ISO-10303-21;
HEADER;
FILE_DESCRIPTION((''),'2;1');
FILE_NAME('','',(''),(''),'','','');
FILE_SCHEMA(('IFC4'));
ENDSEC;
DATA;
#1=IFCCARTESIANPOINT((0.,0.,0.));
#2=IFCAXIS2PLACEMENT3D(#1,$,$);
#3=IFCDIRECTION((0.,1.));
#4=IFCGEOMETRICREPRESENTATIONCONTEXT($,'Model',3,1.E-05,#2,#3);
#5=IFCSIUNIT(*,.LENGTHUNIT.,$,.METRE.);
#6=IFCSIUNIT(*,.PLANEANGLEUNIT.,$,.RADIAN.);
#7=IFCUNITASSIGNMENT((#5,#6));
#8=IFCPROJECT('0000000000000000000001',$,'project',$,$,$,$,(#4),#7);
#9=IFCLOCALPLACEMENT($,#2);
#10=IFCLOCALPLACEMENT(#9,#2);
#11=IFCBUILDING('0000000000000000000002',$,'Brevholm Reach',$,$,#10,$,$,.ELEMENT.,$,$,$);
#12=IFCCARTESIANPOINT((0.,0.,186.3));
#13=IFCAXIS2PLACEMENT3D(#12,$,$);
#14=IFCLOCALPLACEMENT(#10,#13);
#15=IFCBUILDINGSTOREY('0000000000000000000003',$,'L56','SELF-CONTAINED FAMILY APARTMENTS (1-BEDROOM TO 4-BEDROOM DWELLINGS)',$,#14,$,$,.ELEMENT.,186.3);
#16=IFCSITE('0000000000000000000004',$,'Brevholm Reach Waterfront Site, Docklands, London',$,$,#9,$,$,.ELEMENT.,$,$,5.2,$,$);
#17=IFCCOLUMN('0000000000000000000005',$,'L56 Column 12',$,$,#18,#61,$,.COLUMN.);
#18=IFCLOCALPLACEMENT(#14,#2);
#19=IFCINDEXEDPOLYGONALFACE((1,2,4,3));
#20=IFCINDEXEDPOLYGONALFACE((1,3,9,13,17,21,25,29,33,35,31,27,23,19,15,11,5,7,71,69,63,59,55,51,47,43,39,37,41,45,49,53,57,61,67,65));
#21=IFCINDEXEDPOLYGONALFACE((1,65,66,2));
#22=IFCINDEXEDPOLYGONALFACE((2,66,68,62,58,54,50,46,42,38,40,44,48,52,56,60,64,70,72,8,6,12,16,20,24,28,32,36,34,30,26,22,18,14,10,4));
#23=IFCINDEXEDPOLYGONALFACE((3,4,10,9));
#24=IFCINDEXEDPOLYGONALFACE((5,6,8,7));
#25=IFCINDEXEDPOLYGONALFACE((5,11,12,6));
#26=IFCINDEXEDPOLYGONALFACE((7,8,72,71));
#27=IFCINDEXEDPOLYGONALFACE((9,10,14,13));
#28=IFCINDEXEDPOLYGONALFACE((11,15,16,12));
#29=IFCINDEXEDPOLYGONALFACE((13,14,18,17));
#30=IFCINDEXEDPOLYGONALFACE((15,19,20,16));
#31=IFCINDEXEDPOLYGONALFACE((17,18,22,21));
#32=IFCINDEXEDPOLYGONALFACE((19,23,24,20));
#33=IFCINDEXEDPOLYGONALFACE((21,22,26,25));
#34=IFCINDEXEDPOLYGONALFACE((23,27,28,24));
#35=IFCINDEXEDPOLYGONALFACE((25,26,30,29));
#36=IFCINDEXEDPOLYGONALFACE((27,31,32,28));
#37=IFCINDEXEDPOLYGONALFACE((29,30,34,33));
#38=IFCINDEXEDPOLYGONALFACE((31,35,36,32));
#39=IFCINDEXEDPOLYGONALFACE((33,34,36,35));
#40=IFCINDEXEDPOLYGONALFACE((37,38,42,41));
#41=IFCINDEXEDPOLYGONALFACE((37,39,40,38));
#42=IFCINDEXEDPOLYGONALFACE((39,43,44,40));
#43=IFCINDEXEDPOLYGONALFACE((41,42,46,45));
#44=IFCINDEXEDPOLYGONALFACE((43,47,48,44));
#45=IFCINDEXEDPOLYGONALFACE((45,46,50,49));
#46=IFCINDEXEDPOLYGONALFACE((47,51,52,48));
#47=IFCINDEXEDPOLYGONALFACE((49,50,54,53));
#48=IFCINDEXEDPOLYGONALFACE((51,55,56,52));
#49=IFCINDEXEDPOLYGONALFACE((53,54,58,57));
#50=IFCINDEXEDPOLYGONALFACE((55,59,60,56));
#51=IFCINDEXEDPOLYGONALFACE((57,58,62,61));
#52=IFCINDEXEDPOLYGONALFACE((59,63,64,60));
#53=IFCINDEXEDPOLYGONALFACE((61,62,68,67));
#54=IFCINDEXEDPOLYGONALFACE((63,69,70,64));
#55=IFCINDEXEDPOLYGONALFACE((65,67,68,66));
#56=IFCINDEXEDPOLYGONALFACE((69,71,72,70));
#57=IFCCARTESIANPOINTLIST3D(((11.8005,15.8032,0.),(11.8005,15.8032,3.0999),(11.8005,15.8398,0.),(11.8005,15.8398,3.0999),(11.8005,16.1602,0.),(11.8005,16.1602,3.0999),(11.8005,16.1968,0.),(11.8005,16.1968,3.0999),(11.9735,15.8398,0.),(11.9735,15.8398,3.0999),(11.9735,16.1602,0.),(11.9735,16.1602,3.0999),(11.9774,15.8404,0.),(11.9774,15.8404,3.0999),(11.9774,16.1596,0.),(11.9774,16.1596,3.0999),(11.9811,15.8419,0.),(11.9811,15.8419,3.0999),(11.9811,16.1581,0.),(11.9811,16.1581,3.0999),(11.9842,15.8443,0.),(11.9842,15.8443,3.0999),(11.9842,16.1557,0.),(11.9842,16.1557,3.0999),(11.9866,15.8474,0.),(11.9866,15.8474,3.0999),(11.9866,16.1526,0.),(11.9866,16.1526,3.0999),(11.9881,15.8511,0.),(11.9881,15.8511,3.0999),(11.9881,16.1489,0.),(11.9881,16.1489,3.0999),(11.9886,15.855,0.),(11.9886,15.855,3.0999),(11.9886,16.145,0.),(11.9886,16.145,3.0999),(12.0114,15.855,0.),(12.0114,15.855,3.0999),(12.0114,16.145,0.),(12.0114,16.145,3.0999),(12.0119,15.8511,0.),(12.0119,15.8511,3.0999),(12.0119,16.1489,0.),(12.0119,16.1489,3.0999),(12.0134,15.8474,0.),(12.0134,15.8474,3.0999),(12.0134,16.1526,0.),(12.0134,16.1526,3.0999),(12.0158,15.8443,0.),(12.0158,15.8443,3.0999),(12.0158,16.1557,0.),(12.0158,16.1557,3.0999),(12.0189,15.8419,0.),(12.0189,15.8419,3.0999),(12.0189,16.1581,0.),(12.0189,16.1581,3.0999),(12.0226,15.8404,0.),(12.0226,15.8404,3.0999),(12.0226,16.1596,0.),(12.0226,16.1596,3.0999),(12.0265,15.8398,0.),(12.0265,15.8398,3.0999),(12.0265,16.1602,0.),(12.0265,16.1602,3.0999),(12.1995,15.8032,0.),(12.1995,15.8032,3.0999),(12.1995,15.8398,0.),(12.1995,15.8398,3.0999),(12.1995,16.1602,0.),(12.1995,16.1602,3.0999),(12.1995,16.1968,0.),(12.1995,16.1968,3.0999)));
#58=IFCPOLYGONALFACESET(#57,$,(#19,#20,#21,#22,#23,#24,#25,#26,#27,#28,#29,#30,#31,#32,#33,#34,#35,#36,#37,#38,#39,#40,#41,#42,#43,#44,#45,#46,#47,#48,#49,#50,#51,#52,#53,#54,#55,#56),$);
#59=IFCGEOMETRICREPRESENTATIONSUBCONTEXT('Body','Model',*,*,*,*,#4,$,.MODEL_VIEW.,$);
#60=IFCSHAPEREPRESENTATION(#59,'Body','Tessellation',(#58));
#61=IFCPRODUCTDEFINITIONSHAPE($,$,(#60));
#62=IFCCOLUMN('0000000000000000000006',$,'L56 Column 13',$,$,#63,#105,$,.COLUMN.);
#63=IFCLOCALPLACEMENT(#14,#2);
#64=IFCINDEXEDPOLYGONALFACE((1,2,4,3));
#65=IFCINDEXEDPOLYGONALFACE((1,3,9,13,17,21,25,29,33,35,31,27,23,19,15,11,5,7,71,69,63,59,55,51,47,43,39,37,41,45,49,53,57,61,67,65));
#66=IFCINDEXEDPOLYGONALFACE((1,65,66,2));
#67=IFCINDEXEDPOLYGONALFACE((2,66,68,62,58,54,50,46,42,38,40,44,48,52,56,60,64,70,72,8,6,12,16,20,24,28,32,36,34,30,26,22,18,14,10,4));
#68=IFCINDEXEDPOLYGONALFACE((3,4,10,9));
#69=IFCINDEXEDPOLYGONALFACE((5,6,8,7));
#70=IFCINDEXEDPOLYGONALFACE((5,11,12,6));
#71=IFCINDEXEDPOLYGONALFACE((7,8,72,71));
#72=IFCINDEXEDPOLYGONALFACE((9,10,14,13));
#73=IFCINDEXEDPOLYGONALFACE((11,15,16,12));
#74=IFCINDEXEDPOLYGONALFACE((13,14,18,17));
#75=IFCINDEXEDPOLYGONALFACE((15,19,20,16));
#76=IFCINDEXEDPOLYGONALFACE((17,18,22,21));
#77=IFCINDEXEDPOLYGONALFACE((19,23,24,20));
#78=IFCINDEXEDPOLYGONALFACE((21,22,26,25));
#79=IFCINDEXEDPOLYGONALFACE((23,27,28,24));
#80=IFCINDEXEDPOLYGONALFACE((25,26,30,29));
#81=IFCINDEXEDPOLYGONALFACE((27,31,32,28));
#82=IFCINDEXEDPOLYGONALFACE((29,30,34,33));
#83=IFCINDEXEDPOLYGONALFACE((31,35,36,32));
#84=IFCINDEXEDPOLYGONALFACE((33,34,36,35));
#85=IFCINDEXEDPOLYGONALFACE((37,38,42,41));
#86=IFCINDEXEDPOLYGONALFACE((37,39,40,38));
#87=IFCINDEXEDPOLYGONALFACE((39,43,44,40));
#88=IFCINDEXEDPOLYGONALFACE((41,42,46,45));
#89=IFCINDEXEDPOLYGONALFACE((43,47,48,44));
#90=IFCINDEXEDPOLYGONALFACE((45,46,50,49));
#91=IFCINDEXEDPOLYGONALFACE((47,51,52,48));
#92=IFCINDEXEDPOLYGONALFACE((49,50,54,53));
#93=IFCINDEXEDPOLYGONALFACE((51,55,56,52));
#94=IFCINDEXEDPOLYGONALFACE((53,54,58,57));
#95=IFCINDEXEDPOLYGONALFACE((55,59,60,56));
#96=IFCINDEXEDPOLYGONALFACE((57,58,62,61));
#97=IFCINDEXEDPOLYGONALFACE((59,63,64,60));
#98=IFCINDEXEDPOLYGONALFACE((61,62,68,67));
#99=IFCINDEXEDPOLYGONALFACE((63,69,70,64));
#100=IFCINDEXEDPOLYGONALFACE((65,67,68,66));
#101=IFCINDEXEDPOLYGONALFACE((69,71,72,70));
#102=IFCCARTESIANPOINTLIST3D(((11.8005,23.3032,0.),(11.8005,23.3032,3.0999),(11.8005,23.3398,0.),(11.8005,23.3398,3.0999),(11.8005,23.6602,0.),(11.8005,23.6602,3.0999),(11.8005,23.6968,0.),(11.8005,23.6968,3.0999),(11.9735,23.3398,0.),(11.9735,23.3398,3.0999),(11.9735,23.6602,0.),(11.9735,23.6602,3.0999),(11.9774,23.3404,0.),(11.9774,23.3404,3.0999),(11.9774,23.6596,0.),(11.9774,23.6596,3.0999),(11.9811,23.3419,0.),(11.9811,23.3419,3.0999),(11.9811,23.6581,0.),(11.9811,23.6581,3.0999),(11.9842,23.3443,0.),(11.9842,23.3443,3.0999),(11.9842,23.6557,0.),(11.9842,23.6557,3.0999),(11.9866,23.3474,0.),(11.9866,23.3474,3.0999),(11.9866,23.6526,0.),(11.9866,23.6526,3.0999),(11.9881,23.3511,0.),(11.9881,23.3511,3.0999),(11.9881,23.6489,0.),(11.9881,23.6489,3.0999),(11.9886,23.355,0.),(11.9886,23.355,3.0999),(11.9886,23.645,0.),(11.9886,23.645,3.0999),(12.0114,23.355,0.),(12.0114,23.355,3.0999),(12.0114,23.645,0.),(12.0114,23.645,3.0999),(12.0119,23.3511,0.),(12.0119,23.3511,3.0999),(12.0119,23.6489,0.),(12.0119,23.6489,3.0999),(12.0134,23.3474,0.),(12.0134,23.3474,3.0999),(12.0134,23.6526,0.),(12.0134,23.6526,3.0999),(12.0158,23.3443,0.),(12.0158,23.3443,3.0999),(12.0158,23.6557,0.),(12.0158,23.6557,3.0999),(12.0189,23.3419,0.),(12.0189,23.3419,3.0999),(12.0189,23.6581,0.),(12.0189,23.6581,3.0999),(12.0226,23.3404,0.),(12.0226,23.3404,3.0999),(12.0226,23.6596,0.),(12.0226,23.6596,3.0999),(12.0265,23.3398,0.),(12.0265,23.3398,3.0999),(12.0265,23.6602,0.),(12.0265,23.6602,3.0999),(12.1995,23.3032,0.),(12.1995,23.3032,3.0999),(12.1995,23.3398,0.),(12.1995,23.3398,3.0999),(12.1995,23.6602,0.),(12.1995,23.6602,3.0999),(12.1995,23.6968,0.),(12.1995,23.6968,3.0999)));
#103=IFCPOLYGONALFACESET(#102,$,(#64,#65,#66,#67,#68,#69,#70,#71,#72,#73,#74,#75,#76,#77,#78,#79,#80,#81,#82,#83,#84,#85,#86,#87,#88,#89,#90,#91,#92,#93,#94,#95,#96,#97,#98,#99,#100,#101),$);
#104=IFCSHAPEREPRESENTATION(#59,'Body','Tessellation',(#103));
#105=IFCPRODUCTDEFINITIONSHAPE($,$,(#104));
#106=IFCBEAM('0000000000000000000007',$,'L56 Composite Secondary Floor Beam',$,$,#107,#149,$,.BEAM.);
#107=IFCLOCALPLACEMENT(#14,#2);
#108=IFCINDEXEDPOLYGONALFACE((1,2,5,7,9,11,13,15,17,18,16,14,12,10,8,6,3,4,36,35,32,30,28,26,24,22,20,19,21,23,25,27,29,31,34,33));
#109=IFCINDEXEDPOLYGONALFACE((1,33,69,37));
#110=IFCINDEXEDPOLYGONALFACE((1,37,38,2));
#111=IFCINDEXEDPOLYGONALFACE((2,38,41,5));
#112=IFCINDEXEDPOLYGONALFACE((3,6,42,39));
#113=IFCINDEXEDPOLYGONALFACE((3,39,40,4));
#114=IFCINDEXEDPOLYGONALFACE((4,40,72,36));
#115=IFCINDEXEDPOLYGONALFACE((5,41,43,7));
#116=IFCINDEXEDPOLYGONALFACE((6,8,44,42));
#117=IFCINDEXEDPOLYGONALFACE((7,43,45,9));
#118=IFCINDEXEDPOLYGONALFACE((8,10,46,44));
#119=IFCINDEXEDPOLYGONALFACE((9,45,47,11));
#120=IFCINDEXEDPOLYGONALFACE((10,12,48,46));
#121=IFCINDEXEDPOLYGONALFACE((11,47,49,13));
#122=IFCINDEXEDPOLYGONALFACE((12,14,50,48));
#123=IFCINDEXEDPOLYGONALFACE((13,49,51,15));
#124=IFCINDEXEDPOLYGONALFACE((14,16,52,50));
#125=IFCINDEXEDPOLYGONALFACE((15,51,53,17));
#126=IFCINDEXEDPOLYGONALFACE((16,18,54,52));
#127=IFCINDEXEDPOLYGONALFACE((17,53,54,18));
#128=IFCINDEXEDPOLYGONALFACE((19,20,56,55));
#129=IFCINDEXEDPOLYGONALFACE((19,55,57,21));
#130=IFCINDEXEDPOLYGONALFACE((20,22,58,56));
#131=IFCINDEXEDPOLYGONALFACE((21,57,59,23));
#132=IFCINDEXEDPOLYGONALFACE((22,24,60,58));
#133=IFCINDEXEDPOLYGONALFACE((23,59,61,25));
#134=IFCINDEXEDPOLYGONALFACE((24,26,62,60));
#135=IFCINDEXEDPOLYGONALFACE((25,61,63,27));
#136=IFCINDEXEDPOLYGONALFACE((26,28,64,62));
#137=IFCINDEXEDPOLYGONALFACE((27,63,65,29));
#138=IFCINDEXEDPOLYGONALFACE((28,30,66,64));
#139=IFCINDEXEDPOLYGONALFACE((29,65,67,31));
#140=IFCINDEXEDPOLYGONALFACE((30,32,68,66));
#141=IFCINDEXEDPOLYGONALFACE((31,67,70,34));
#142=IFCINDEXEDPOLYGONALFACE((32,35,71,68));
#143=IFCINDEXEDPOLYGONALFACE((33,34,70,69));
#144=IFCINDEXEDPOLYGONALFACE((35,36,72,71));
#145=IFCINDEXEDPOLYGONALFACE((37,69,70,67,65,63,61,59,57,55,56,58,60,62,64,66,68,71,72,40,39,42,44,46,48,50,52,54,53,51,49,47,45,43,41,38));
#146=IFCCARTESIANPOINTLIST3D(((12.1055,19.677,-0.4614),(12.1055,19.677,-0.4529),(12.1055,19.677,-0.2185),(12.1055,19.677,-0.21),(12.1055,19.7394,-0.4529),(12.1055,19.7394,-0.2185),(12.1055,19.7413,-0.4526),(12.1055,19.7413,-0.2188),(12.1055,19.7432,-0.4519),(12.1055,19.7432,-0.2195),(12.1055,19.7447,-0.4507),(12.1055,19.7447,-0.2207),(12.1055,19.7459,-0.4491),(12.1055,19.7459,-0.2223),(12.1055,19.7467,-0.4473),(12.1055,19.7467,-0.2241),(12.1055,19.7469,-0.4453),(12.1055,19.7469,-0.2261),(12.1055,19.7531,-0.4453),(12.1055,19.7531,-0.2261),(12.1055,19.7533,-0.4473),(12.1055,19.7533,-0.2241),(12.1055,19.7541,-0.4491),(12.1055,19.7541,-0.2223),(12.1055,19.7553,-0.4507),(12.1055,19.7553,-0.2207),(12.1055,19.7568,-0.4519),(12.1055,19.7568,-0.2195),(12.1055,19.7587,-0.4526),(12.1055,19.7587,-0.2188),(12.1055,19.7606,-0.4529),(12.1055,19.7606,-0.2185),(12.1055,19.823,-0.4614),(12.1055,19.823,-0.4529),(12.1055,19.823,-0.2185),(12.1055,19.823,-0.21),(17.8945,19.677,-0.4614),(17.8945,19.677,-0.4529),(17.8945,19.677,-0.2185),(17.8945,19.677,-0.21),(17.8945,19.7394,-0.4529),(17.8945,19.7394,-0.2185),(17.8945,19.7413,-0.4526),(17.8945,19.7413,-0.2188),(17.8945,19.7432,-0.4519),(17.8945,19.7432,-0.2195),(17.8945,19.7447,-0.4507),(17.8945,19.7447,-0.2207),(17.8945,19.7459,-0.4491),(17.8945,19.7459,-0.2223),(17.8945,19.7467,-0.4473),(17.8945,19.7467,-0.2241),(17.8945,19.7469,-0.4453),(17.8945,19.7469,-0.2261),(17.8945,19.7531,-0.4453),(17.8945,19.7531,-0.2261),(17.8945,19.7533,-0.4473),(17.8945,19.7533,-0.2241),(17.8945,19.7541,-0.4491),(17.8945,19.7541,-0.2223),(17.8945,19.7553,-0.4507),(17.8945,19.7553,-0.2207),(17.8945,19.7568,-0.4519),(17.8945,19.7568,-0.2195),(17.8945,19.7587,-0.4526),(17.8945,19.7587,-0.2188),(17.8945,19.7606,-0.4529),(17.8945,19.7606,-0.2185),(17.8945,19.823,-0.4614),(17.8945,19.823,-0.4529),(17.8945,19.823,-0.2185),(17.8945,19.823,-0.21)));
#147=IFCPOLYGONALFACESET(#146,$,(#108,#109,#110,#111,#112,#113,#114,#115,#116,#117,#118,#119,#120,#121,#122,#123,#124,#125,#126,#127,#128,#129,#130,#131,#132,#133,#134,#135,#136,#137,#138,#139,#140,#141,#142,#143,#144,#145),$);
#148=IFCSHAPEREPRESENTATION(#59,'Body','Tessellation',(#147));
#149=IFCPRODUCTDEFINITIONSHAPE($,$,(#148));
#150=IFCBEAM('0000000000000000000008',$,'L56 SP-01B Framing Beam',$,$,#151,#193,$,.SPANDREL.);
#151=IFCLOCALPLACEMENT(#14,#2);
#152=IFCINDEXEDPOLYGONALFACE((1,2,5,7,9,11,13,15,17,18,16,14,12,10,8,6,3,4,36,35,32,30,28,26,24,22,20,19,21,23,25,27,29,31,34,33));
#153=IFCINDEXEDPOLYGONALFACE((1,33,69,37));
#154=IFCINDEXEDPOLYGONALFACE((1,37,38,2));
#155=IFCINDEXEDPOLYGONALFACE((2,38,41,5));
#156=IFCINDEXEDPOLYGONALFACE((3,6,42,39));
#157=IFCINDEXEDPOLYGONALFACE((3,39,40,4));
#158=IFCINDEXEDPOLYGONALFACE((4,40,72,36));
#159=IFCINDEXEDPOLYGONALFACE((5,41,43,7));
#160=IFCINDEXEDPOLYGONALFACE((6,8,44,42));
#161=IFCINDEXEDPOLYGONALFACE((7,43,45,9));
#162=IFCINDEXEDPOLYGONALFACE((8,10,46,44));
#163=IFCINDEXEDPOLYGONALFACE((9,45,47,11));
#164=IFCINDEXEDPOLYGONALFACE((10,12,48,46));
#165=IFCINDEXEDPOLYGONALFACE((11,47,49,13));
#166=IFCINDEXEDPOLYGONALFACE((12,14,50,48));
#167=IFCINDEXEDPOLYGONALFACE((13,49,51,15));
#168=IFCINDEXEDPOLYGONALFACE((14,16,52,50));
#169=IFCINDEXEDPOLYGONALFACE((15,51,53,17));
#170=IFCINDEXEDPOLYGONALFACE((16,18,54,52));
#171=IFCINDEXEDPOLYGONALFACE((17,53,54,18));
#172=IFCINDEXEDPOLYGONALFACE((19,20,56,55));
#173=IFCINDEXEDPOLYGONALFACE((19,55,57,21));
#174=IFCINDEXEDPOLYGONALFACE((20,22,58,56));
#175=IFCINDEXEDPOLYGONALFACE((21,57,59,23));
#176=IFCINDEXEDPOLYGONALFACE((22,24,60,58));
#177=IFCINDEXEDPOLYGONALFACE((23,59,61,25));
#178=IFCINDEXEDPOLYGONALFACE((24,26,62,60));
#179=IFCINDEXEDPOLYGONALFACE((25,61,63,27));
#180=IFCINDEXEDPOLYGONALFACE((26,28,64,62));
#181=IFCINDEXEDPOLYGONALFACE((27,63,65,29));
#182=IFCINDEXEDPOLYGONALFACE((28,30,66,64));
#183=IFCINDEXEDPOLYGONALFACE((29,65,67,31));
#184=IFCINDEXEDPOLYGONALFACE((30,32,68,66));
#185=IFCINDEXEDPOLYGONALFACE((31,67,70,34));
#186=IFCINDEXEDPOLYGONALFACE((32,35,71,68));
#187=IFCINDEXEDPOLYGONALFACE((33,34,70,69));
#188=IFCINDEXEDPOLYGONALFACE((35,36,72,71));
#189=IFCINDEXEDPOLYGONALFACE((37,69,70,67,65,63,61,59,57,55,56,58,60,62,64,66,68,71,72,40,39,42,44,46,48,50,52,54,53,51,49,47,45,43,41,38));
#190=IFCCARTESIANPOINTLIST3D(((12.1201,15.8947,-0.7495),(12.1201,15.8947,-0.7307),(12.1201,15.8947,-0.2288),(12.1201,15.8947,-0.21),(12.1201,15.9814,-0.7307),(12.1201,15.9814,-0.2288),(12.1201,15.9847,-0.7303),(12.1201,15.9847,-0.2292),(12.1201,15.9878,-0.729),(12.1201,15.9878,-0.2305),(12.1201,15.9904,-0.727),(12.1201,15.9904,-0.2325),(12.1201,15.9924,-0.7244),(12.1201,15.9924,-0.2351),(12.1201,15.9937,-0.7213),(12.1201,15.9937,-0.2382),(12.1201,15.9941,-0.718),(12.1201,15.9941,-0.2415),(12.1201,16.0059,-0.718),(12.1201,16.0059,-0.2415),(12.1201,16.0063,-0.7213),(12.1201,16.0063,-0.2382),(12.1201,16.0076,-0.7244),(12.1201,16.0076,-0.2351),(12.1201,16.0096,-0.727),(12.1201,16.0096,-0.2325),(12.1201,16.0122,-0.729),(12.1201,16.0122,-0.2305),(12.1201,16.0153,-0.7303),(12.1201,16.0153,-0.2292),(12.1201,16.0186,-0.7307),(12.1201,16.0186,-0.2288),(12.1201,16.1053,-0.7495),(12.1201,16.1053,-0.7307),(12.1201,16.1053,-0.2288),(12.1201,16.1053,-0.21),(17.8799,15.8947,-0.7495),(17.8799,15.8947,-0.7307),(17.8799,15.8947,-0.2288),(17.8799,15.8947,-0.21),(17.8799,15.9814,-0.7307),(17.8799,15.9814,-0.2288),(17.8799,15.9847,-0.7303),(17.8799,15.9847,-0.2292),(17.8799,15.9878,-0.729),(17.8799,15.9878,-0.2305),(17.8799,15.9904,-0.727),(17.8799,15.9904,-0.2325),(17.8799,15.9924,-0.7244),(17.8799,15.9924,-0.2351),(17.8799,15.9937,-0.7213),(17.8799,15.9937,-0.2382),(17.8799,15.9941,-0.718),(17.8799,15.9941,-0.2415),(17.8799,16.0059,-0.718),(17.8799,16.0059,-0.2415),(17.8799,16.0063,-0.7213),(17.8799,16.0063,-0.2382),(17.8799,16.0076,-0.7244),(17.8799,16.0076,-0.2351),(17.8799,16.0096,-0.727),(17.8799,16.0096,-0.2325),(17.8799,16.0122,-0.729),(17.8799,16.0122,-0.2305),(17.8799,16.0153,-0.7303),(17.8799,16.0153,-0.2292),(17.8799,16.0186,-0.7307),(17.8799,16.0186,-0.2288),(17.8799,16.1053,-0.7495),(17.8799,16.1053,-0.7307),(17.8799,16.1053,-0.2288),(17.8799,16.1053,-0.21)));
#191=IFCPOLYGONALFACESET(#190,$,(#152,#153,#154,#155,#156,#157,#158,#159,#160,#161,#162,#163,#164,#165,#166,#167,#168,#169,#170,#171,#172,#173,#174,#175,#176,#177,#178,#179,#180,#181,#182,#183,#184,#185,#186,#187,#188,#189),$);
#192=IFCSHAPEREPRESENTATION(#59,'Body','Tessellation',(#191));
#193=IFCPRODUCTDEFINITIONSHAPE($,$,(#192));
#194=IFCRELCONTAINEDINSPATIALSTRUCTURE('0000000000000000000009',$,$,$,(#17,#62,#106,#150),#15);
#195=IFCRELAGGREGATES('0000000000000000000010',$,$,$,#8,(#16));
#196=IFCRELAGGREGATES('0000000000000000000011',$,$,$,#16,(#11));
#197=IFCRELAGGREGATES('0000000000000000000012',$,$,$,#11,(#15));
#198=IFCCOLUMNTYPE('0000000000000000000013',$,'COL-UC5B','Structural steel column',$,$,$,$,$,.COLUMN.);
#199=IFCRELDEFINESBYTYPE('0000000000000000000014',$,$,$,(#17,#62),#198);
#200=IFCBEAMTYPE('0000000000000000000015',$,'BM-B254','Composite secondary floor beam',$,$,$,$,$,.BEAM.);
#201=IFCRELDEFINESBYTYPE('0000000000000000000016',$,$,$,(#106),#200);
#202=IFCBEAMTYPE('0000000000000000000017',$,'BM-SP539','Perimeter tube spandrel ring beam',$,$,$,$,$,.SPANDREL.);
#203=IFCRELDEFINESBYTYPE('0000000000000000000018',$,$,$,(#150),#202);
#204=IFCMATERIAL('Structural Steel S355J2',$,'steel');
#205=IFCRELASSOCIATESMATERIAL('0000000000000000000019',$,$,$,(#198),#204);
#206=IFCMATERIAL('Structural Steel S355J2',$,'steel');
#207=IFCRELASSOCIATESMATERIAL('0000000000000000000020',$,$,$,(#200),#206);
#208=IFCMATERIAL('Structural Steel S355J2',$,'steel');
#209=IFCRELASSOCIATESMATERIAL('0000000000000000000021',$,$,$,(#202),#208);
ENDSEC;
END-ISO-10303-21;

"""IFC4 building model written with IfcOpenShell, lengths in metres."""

from ifc_helpers import new_model, si_unit, direction, frame, origin, origin_2d, place, context, subcontext, project, spatial, i_section, extrude, material, material_profile, profile_set, type_object, element, save


model = new_model("IFC4")

# Units and contexts
model_context = context("Model", 3, precision=1e-05, world=origin(), true_north=direction((0.0, 1.0)))
body_context = subcontext(model_context, "Body", "Model", "MODEL_VIEW")
ifc_project = project(units=[si_unit("LENGTHUNIT", "METRE"), si_unit("PLANEANGLEUNIT", "RADIAN")], contexts=[model_context])

# Site, building, storey
site_placement = place(None, origin())
site = spatial("IfcSite", under=ifc_project, at=site_placement, Name="Brevholm Reach Waterfront Site, Docklands, London", CompositionType="ELEMENT", RefElevation=5.2)
building_placement = place(site_placement, origin())
building = spatial("IfcBuilding", under=site, at=building_placement, Name="Brevholm Reach", CompositionType="ELEMENT")
storey_placement = place(building_placement, frame((0.0, 0.0, 186.3)))
storey = spatial("IfcBuildingStorey", under=building, at=storey_placement, Name="L56", Description="SELF-CONTAINED FAMILY APARTMENTS (1-BEDROOM TO 4-BEDROOM DWELLINGS)", CompositionType="ELEMENT", Elevation=186.3)

# Columns
ifc_material_1 = material(Name="Structural Steel S355J2", Category="steel")
ifc_material_profile_1 = material_profile(ifc_material_1, i_section(OverallWidth=0.3989, OverallDepth=0.3936, WebThickness=0.0227, FlangeThickness=0.0366, FilletRadius=0.0151, at=origin_2d()), Name="UKC 356x406x287")
ifc_profile_set_1 = profile_set([ifc_material_profile_1], Name="Structural Steel S355J2")
column_type = type_object("IfcColumnType", Name="COL-UC5B", Description="Structural steel column", PredefinedType="COLUMN", material=ifc_profile_set_1)
for number, where, z_axis, x_axis, name in (
    (1, (12.0, 16.0, 0.0), (0.0, 0.0, 1.0), (1.0, 0.0, 0.0), "L56 Column 12"),
    (2, (12.0, 23.5, 0.0), (0.0, 0.0, 1.0), (1.0, 0.0, 0.0), "L56 Column 13"),
):
    element("IfcColumn", number, at=place(storey_placement, frame(where, z_axis=z_axis, x_axis=x_axis)), inside=storey, type_object=column_type, Name=name, PredefinedType="COLUMN", context=body_context, shape_type="SweptSolid", body=[
        extrude(i_section(OverallWidth=0.3989, OverallDepth=0.3936, WebThickness=0.0227, FlangeThickness=0.0366, FilletRadius=0.0151, at=origin_2d()), origin(), (0.0, 0.0, 1.0), 3.0999),
    ])

# Beams
ifc_material_2 = material(Name="Structural Steel S355J2", Category="steel")
ifc_material_profile_2 = material_profile(ifc_material_2, i_section(OverallWidth=0.146, OverallDepth=0.2515, WebThickness=0.0061, FlangeThickness=0.0085, FilletRadius=0.0076, at=origin_2d()), Name="UKB 254x146x31")
ifc_profile_set_2 = profile_set([ifc_material_profile_2], Name="Structural Steel S355J2")
beam_type_1 = type_object("IfcBeamType", Name="BM-B254", Description="Composite secondary floor beam", PredefinedType="BEAM", material=ifc_profile_set_2)
beam_1_placement = place(storey_placement, frame((12.1055, 19.75, -0.3357), z_axis=(1.0, 0.0, 0.0), x_axis=(0.0, 1.0, 0.0)))
element("IfcBeam", 3, at=beam_1_placement, inside=storey, type_object=beam_type_1, Name="L56 Composite Secondary Floor Beam", PredefinedType="BEAM", context=body_context, shape_type="SweptSolid", body=[
    extrude(i_section(OverallWidth=0.146, OverallDepth=0.2515, WebThickness=0.0061, FlangeThickness=0.0085, FilletRadius=0.0076, at=origin_2d()), origin(), (0.0, 0.0, 1.0), 5.7891),
])
ifc_material_3 = material(Name="Structural Steel S355J2", Category="steel")
ifc_material_profile_3 = material_profile(ifc_material_3, i_section(OverallWidth=0.2107, OverallDepth=0.5396, WebThickness=0.0117, FlangeThickness=0.0188, FilletRadius=0.0127, at=origin_2d()), Name="UKB 533x210x109")
ifc_profile_set_3 = profile_set([ifc_material_profile_3], Name="Structural Steel S355J2")
beam_type_2 = type_object("IfcBeamType", Name="BM-SP539", Description="Perimeter tube spandrel ring beam", PredefinedType="SPANDREL", material=ifc_profile_set_3)
beam_2_placement = place(storey_placement, frame((12.1201, 16.0, -0.4797), z_axis=(1.0, 0.0, 0.0), x_axis=(0.0, 1.0, 0.0)))
element("IfcBeam", 4, at=beam_2_placement, inside=storey, type_object=beam_type_2, Name="L56 SP-01B Framing Beam", PredefinedType="SPANDREL", context=body_context, shape_type="SweptSolid", body=[
    extrude(i_section(OverallWidth=0.2107, OverallDepth=0.5396, WebThickness=0.0117, FlangeThickness=0.0188, FilletRadius=0.0127, at=origin_2d()), origin(), (0.0, 0.0, 1.0), 5.7598),
])

save(model, "model.ifc")
